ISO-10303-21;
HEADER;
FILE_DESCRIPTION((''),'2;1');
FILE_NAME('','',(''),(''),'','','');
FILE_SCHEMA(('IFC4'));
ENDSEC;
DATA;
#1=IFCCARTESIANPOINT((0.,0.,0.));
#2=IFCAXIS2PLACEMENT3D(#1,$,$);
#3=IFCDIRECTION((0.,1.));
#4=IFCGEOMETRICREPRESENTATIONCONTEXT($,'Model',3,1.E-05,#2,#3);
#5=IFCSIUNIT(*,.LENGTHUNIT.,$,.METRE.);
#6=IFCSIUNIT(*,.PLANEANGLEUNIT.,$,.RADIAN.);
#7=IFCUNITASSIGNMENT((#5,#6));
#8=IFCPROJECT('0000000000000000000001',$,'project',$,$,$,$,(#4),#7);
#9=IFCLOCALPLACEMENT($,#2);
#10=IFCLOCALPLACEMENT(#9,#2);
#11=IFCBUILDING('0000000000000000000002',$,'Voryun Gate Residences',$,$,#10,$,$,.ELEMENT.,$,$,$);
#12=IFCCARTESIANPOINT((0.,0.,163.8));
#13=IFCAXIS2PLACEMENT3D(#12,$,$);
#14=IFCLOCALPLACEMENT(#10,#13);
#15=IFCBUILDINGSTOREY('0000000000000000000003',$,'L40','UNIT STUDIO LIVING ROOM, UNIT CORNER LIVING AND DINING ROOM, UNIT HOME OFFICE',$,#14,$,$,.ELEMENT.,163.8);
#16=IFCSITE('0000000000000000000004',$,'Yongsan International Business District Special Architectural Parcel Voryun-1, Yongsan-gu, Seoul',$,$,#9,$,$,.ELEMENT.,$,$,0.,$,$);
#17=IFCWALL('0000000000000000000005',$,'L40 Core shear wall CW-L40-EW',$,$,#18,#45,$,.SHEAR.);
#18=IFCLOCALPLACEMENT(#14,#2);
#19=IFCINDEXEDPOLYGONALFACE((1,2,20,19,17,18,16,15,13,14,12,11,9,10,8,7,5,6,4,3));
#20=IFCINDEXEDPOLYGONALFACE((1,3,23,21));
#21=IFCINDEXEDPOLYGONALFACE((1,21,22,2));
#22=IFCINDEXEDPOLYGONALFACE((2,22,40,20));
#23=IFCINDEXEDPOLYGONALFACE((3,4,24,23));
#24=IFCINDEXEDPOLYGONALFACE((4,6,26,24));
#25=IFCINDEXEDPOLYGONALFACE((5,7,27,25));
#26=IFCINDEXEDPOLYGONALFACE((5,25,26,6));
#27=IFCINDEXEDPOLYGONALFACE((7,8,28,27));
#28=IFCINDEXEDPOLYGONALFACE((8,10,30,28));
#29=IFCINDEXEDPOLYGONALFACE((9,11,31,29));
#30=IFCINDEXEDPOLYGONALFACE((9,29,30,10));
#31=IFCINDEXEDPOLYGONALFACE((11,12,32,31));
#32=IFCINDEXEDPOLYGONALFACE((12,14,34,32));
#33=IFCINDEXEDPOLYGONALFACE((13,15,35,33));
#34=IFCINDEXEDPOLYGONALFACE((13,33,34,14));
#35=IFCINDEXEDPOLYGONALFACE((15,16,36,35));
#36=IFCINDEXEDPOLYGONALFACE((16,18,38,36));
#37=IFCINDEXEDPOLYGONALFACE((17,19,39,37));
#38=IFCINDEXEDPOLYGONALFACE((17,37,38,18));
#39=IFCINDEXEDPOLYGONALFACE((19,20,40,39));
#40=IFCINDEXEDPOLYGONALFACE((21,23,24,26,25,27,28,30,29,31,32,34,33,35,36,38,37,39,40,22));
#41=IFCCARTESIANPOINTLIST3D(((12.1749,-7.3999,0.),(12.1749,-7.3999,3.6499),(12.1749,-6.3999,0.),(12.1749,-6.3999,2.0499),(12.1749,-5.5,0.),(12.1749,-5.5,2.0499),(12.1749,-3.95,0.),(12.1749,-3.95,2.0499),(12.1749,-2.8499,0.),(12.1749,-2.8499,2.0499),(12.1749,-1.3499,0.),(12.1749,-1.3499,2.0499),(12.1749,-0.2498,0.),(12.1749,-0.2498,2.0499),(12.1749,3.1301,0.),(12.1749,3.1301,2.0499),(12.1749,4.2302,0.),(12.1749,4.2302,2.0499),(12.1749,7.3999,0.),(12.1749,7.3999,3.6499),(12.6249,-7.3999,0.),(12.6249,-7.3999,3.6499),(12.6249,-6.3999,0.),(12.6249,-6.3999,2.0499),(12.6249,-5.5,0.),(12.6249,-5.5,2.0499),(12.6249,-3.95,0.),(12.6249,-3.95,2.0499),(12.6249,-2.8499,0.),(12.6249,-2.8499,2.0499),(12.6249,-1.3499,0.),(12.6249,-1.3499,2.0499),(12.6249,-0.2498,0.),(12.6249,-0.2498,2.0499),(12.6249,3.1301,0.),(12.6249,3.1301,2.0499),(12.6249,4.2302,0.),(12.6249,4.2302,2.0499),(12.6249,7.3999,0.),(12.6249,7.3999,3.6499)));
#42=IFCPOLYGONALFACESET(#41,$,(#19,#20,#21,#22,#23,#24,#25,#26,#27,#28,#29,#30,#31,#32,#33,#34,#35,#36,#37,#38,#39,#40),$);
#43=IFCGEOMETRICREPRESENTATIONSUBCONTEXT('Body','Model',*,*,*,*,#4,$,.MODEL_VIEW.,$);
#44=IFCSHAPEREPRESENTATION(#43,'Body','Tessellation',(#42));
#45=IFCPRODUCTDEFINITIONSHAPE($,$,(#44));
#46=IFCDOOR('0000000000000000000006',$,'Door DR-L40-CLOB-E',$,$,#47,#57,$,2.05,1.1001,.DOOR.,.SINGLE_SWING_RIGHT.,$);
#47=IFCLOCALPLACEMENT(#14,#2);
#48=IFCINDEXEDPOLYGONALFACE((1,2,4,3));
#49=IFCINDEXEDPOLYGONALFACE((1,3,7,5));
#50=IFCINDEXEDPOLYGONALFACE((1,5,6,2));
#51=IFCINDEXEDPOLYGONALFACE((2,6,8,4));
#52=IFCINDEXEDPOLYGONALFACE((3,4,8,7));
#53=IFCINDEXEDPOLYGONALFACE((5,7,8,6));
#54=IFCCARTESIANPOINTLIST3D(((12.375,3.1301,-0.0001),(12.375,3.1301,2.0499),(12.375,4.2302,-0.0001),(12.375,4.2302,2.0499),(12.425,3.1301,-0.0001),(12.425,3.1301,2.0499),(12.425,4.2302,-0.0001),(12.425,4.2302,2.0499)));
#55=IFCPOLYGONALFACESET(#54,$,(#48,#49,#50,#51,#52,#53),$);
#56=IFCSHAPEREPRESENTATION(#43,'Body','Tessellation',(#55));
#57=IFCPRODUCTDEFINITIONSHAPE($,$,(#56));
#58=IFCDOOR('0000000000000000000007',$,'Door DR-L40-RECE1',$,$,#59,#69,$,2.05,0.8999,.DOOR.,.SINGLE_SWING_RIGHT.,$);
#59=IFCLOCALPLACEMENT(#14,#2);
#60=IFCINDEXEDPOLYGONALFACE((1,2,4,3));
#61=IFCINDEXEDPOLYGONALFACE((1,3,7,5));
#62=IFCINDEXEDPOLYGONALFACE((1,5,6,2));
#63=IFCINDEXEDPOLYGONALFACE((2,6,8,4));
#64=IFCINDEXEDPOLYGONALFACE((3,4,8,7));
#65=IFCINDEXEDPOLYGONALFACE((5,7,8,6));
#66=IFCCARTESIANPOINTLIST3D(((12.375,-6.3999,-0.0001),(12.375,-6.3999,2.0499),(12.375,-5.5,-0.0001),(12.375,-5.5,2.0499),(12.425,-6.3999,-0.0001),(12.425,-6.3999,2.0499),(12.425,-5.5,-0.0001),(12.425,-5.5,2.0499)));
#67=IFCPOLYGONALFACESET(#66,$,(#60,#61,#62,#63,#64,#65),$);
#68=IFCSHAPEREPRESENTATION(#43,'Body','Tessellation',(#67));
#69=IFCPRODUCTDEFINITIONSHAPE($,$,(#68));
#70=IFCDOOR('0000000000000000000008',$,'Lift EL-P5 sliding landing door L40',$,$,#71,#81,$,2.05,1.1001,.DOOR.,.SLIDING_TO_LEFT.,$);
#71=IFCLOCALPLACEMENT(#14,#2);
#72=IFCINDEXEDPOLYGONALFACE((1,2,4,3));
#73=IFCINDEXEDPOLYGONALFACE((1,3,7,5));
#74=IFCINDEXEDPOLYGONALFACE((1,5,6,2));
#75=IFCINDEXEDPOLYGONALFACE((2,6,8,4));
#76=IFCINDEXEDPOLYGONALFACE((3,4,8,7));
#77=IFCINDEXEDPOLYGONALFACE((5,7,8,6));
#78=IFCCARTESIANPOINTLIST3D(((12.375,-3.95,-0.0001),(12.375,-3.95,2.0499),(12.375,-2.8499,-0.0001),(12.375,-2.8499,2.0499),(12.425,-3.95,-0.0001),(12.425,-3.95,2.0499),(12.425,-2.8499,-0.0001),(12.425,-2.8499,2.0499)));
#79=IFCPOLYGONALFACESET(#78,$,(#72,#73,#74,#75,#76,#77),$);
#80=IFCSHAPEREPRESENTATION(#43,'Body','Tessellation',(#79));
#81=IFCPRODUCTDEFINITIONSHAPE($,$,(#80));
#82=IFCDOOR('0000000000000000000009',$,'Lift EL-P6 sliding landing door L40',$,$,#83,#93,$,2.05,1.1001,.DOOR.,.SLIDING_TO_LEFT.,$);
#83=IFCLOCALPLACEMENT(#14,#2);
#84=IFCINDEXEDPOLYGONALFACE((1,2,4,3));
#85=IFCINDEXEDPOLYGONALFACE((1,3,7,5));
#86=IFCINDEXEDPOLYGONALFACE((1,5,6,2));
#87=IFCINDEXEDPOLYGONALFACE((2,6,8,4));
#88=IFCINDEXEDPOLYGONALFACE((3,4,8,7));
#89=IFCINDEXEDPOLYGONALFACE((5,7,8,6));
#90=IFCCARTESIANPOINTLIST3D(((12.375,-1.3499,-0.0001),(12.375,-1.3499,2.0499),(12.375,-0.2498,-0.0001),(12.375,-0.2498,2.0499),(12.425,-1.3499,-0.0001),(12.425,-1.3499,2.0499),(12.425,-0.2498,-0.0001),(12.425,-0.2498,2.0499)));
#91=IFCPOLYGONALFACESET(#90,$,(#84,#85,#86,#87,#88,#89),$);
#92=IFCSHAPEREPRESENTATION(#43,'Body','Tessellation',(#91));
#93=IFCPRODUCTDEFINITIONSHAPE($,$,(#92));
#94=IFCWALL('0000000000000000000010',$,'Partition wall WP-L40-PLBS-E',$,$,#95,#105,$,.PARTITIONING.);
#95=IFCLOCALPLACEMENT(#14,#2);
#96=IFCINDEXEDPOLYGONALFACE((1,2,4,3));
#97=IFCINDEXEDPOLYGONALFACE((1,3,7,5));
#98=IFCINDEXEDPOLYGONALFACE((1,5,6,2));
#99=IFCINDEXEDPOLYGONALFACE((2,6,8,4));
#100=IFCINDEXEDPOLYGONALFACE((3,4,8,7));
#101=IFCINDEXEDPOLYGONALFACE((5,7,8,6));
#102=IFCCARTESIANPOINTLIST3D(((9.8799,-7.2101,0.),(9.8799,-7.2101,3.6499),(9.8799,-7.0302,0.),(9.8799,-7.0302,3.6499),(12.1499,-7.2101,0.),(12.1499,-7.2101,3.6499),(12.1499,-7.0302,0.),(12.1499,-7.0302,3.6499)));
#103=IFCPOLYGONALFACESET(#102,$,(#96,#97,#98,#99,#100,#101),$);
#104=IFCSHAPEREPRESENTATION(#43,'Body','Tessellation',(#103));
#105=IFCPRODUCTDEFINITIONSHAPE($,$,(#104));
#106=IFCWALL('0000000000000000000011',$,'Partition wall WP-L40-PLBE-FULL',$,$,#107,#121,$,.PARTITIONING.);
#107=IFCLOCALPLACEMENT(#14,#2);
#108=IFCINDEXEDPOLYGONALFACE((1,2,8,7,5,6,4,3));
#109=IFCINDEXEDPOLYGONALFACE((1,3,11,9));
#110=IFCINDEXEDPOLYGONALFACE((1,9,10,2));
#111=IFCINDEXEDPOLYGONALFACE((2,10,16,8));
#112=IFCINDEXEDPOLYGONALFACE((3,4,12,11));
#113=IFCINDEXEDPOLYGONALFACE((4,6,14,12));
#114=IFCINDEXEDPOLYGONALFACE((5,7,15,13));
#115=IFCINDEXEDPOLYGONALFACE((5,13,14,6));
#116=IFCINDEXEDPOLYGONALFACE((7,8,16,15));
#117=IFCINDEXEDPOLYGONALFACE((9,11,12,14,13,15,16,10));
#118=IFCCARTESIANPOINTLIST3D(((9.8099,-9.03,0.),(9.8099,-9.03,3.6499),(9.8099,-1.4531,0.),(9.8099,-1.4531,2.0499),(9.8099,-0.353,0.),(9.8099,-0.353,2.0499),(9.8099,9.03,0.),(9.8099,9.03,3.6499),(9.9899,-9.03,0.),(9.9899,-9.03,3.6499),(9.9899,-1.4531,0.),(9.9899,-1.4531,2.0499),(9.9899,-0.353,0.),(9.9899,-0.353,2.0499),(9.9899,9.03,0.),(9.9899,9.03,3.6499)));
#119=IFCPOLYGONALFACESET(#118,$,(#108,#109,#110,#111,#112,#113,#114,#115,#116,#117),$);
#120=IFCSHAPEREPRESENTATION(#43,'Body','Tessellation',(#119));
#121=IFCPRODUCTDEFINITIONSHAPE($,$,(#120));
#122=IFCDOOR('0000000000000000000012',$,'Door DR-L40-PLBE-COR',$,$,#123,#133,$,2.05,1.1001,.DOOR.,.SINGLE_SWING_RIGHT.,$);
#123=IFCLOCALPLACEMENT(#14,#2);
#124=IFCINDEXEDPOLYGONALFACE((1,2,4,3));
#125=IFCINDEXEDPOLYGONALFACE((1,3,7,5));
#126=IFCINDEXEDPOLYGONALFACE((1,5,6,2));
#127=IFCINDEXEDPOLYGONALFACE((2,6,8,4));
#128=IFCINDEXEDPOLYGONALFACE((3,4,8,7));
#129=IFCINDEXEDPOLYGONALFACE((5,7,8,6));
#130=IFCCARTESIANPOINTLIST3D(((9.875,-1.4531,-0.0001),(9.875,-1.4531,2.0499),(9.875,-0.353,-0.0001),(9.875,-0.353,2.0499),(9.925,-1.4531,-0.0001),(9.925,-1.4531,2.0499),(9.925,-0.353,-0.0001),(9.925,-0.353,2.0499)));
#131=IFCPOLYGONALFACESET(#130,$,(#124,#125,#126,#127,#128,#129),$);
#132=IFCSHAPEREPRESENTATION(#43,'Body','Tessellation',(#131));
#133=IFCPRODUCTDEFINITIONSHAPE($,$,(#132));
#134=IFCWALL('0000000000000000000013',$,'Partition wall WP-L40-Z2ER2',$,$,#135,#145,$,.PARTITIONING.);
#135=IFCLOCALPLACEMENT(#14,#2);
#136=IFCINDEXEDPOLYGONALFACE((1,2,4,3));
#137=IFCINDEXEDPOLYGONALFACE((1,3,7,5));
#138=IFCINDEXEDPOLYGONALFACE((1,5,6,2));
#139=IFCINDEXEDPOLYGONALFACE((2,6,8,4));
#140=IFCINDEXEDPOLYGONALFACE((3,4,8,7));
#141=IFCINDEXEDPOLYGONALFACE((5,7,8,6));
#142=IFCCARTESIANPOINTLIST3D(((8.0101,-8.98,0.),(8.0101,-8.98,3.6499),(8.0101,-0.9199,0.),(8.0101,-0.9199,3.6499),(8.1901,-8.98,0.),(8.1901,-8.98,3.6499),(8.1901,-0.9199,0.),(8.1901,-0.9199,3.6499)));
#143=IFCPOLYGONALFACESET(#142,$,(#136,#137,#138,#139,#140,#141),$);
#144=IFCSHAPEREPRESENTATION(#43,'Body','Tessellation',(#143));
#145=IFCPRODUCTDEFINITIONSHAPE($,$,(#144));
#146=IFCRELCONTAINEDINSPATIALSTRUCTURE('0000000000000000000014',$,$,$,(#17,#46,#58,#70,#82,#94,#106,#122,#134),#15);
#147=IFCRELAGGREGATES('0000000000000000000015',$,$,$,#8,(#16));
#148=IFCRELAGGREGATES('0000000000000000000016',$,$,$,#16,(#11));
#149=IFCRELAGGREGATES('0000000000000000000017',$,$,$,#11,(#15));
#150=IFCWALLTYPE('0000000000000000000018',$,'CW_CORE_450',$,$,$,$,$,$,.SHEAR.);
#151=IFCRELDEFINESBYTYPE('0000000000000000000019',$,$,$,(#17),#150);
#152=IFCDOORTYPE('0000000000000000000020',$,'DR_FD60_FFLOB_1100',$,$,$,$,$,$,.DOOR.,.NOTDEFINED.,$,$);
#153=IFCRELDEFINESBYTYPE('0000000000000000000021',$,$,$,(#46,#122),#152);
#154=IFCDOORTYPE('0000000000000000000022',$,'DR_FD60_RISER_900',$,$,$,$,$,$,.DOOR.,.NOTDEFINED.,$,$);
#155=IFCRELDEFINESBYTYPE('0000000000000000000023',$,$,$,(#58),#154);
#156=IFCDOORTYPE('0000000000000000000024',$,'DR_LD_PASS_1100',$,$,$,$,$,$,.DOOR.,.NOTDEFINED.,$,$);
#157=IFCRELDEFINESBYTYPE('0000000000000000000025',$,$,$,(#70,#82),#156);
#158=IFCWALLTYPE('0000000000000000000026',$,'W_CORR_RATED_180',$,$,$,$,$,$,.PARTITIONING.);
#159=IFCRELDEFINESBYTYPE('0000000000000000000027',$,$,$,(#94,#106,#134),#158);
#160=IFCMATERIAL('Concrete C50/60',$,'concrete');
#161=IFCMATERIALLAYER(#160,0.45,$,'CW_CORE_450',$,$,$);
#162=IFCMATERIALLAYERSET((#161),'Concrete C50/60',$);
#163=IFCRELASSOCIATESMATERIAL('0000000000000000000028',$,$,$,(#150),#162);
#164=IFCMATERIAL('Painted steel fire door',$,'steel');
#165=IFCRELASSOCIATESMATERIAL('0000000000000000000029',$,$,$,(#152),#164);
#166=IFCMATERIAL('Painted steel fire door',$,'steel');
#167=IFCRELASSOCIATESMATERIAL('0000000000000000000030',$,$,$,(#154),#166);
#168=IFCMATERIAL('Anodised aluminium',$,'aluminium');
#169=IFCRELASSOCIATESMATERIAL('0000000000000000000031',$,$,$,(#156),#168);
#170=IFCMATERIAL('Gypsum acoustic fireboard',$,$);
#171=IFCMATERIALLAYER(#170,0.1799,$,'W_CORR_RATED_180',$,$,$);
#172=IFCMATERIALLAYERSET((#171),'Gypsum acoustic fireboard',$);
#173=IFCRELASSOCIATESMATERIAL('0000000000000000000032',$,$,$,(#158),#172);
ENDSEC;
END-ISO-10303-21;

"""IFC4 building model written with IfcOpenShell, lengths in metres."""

from ifc_helpers import new_model, si_unit, direction, frame, frame_2d, origin, place, context, subcontext, project, spatial, rectangle, extrude, material, layer, layer_set, type_object, element, fill, save


model = new_model("IFC4")

# Units and contexts
model_context = context("Model", 3, precision=1e-05, world=origin(), true_north=direction((0.0, 1.0)))
body_context = subcontext(model_context, "Body", "Model", "MODEL_VIEW")
ifc_project = project(units=[si_unit("LENGTHUNIT", "METRE"), si_unit("PLANEANGLEUNIT", "RADIAN")], contexts=[model_context])

# Site, building, storey
site_placement = place(None, origin())
site = spatial("IfcSite", under=ifc_project, at=site_placement, Name="Yongsan International Business District Special Architectural Parcel Voryun-1, Yongsan-gu, Seoul", CompositionType="ELEMENT", RefElevation=0.0)
building_placement = place(site_placement, origin())
building = spatial("IfcBuilding", under=site, at=building_placement, Name="Voryun Gate Residences", CompositionType="ELEMENT")
storey_placement = place(building_placement, frame((0.0, 0.0, 163.8)))
storey = spatial("IfcBuildingStorey", under=building, at=storey_placement, Name="L40", Description="UNIT STUDIO LIVING ROOM, UNIT CORNER LIVING AND DINING ROOM, UNIT HOME OFFICE", CompositionType="ELEMENT", Elevation=163.8)

# Shared definitions
ifc_material_1 = material(Name="Concrete C50/60", Category="concrete")
ifc_layer_1 = layer(ifc_material_1, 0.45, Name="CW_CORE_450")
ifc_layer_set_1 = layer_set([ifc_layer_1], Name="Concrete C50/60")
wall_type_1 = type_object("IfcWallType", Name="CW_CORE_450", PredefinedType="SHEAR", material=ifc_layer_set_1)

# Wall, openings, doors
wall_1_placement = place(storey_placement, frame((12.3999, -7.3999, 0.0), z_axis=(0.0, 0.0, 1.0), x_axis=(0.0, 1.0, 0.0)))
wall_1 = element("IfcWall", 1, at=wall_1_placement, inside=storey, type_object=wall_type_1, Name="L40 Core shear wall CW-L40-EW", PredefinedType="SHEAR", context=body_context, shape_type="SweptSolid", body=[
    extrude(rectangle(XDim=14.7998, YDim=0.45, at=frame_2d((7.3999, 0.0))), origin(), (0.0, 0.0, 1.0), 3.6499),
])
opening_1_placement = place(wall_1_placement, frame((3.45, 0.0, 0.0)))
opening_1 = element("IfcOpeningElement", 2, at=opening_1_placement, cuts=wall_1, PredefinedType="OPENING", context=body_context, shape_type="SweptSolid", body=[
    extrude(rectangle(XDim=1.1001, YDim=2.05, at=frame_2d((0.55, 1.0249))), frame((0.0, 0.2351, 0.0), z_axis=(0.0, -1.0, 0.0), x_axis=(1.0, 0.0, 0.0)), (0.0, 0.0, 1.0), 0.47),
])
opening_2_placement = place(wall_1_placement, frame((6.05, 0.0, 0.0)))
opening_2 = element("IfcOpeningElement", 3, at=opening_2_placement, cuts=wall_1, PredefinedType="OPENING", context=body_context, shape_type="SweptSolid", body=[
    extrude(rectangle(XDim=1.1001, YDim=2.05, at=frame_2d((0.55, 1.0249))), frame((0.0, 0.2351, 0.0), z_axis=(0.0, -1.0, 0.0), x_axis=(1.0, 0.0, 0.0)), (0.0, 0.0, 1.0), 0.47),
])
opening_3_placement = place(wall_1_placement, frame((10.53, 0.0, 0.0)))
opening_3 = element("IfcOpeningElement", 4, at=opening_3_placement, cuts=wall_1, PredefinedType="OPENING", context=body_context, shape_type="SweptSolid", body=[
    extrude(rectangle(XDim=1.1001, YDim=2.05, at=frame_2d((0.55, 1.0249))), frame((0.0, 0.2351, 0.0), z_axis=(0.0, -1.0, 0.0), x_axis=(1.0, 0.0, 0.0)), (0.0, 0.0, 1.0), 0.47),
])
opening_4_placement = place(wall_1_placement, frame((1.0, 0.0, 0.0)))
opening_4 = element("IfcOpeningElement", 5, at=opening_4_placement, cuts=wall_1, PredefinedType="OPENING", context=body_context, shape_type="SweptSolid", body=[
    extrude(rectangle(XDim=0.8999, YDim=2.05, at=frame_2d((0.45, 1.0249))), frame((0.0, 0.2351, 0.0), z_axis=(0.0, -1.0, 0.0), x_axis=(1.0, 0.0, 0.0)), (0.0, 0.0, 1.0), 0.47),
])
ifc_material_2 = material(Name="Painted steel fire door", Category="steel")
door_type_1 = type_object("IfcDoorType", Name="DR_FD60_FFLOB_1100", OperationType="NOTDEFINED", PredefinedType="DOOR", material=ifc_material_2)
door_1_placement = place(opening_3_placement, origin())
door_1 = element("IfcDoor", 6, at=door_1_placement, inside=storey, type_object=door_type_1, Name="Door DR-L40-CLOB-E", OperationType="SINGLE_SWING_RIGHT", OverallHeight=2.05, OverallWidth=1.1001, PredefinedType="DOOR", context=body_context, shape_type="SweptSolid", body=[
    extrude(rectangle(XDim=1.1001, YDim=2.05, at=frame_2d((0.55, 1.0249))), frame((0.0, 0.0249, 0.0), z_axis=(0.0, -1.0, 0.0), x_axis=(1.0, 0.0, 0.0)), (0.0, 0.0, 1.0), 0.05),
])
fill(opening_3, door_1)
ifc_material_3 = material(Name="Painted steel fire door", Category="steel")
door_type_2 = type_object("IfcDoorType", Name="DR_FD60_RISER_900", OperationType="NOTDEFINED", PredefinedType="DOOR", material=ifc_material_3)
door_2_placement = place(opening_4_placement, origin())
door_2 = element("IfcDoor", 7, at=door_2_placement, inside=storey, type_object=door_type_2, Name="Door DR-L40-RECE1", OperationType="SINGLE_SWING_RIGHT", OverallHeight=2.05, OverallWidth=0.8999, PredefinedType="DOOR", context=body_context, shape_type="SweptSolid", body=[
    extrude(rectangle(XDim=0.8999, YDim=2.05, at=frame_2d((0.45, 1.0249))), frame((0.0, 0.0249, 0.0), z_axis=(0.0, -1.0, 0.0), x_axis=(1.0, 0.0, 0.0)), (0.0, 0.0, 1.0), 0.05),
])
fill(opening_4, door_2)
ifc_material_4 = material(Name="Anodised aluminium", Category="aluminium")
door_type_3 = type_object("IfcDoorType", Name="DR_LD_PASS_1100", OperationType="NOTDEFINED", PredefinedType="DOOR", material=ifc_material_4)
door_3_placement = place(opening_1_placement, origin())
door_3 = element("IfcDoor", 8, at=door_3_placement, inside=storey, type_object=door_type_3, Name="Lift EL-P5 sliding landing door L40", OperationType="SLIDING_TO_LEFT", OverallHeight=2.05, OverallWidth=1.1001, PredefinedType="DOOR", context=body_context, shape_type="SweptSolid", body=[
    extrude(rectangle(XDim=1.1001, YDim=2.05, at=frame_2d((0.55, 1.0249))), frame((0.0, 0.0249, 0.0), z_axis=(0.0, -1.0, 0.0), x_axis=(1.0, 0.0, 0.0)), (0.0, 0.0, 1.0), 0.05),
])
fill(opening_1, door_3)
door_4_placement = place(opening_2_placement, origin())
door_4 = element("IfcDoor", 9, at=door_4_placement, inside=storey, type_object=door_type_3, Name="Lift EL-P6 sliding landing door L40", OperationType="SLIDING_TO_LEFT", OverallHeight=2.05, OverallWidth=1.1001, PredefinedType="DOOR", context=body_context, shape_type="SweptSolid", body=[
    extrude(rectangle(XDim=1.1001, YDim=2.05, at=frame_2d((0.55, 1.0249))), frame((0.0, 0.0249, 0.0), z_axis=(0.0, -1.0, 0.0), x_axis=(1.0, 0.0, 0.0)), (0.0, 0.0, 1.0), 0.05),
])
fill(opening_2, door_4)

# Wall
ifc_material_5 = material(Name="Gypsum acoustic fireboard")
ifc_layer_2 = layer(ifc_material_5, 0.1799, Name="W_CORR_RATED_180")
ifc_layer_set_2 = layer_set([ifc_layer_2], Name="Gypsum acoustic fireboard")
wall_type_2 = type_object("IfcWallType", Name="W_CORR_RATED_180", PredefinedType="PARTITIONING", material=ifc_layer_set_2)
wall_2_placement = place(storey_placement, frame((9.8799, -7.1201, 0.0), z_axis=(0.0, 0.0, 1.0), x_axis=(1.0, 0.0, 0.0)))
element("IfcWall", 10, at=wall_2_placement, inside=storey, type_object=wall_type_2, Name="Partition wall WP-L40-PLBS-E", PredefinedType="PARTITIONING", context=body_context, shape_type="SweptSolid", body=[
    extrude(rectangle(XDim=2.27, YDim=0.1799, at=frame_2d((1.135, 0.0))), origin(), (0.0, 0.0, 1.0), 3.6499),
])

# Wall, opening, door
wall_3_placement = place(storey_placement, frame((9.8999, -9.03, 0.0), z_axis=(0.0, 0.0, 1.0), x_axis=(0.0, 1.0, 0.0)))
wall_3 = element("IfcWall", 11, at=wall_3_placement, inside=storey, type_object=wall_type_2, Name="Partition wall WP-L40-PLBE-FULL", PredefinedType="PARTITIONING", context=body_context, shape_type="SweptSolid", body=[
    extrude(rectangle(XDim=18.0601, YDim=0.1799, at=frame_2d((9.03, 0.0))), origin(), (0.0, 0.0, 1.0), 3.6499),
])
opening_5_placement = place(wall_3_placement, frame((7.5769, 0.0, 0.0)))
opening_5 = element("IfcOpeningElement", 12, at=opening_5_placement, cuts=wall_3, PredefinedType="OPENING", context=body_context, shape_type="SweptSolid", body=[
    extrude(rectangle(XDim=1.1001, YDim=2.05, at=frame_2d((0.55, 1.0249))), frame((0.0, 0.0999, 0.0), z_axis=(0.0, -1.0, 0.0), x_axis=(1.0, 0.0, 0.0)), (0.0, 0.0, 1.0), 0.2),
])
door_5_placement = place(opening_5_placement, origin())
door_5 = element("IfcDoor", 13, at=door_5_placement, inside=storey, type_object=door_type_1, Name="Door DR-L40-PLBE-COR", OperationType="SINGLE_SWING_RIGHT", OverallHeight=2.05, OverallWidth=1.1001, PredefinedType="DOOR", context=body_context, shape_type="SweptSolid", body=[
    extrude(rectangle(XDim=1.1001, YDim=2.05, at=frame_2d((0.55, 1.0249))), frame((0.0, 0.0249, 0.0), z_axis=(0.0, -1.0, 0.0), x_axis=(1.0, 0.0, 0.0)), (0.0, 0.0, 1.0), 0.05),
])
fill(opening_5, door_5)

# Wall
wall_4_placement = place(storey_placement, frame((8.1001, -8.98, 0.0), z_axis=(0.0, 0.0, 1.0), x_axis=(0.0, 1.0, 0.0)))
element("IfcWall", 14, at=wall_4_placement, inside=storey, type_object=wall_type_2, Name="Partition wall WP-L40-Z2ER2", PredefinedType="PARTITIONING", context=body_context, shape_type="SweptSolid", body=[
    extrude(rectangle(XDim=8.0601, YDim=0.1799, at=frame_2d((4.03, 0.0))), origin(), (0.0, 0.0, 1.0), 3.6499),
])

save(model, "model.ifc")
